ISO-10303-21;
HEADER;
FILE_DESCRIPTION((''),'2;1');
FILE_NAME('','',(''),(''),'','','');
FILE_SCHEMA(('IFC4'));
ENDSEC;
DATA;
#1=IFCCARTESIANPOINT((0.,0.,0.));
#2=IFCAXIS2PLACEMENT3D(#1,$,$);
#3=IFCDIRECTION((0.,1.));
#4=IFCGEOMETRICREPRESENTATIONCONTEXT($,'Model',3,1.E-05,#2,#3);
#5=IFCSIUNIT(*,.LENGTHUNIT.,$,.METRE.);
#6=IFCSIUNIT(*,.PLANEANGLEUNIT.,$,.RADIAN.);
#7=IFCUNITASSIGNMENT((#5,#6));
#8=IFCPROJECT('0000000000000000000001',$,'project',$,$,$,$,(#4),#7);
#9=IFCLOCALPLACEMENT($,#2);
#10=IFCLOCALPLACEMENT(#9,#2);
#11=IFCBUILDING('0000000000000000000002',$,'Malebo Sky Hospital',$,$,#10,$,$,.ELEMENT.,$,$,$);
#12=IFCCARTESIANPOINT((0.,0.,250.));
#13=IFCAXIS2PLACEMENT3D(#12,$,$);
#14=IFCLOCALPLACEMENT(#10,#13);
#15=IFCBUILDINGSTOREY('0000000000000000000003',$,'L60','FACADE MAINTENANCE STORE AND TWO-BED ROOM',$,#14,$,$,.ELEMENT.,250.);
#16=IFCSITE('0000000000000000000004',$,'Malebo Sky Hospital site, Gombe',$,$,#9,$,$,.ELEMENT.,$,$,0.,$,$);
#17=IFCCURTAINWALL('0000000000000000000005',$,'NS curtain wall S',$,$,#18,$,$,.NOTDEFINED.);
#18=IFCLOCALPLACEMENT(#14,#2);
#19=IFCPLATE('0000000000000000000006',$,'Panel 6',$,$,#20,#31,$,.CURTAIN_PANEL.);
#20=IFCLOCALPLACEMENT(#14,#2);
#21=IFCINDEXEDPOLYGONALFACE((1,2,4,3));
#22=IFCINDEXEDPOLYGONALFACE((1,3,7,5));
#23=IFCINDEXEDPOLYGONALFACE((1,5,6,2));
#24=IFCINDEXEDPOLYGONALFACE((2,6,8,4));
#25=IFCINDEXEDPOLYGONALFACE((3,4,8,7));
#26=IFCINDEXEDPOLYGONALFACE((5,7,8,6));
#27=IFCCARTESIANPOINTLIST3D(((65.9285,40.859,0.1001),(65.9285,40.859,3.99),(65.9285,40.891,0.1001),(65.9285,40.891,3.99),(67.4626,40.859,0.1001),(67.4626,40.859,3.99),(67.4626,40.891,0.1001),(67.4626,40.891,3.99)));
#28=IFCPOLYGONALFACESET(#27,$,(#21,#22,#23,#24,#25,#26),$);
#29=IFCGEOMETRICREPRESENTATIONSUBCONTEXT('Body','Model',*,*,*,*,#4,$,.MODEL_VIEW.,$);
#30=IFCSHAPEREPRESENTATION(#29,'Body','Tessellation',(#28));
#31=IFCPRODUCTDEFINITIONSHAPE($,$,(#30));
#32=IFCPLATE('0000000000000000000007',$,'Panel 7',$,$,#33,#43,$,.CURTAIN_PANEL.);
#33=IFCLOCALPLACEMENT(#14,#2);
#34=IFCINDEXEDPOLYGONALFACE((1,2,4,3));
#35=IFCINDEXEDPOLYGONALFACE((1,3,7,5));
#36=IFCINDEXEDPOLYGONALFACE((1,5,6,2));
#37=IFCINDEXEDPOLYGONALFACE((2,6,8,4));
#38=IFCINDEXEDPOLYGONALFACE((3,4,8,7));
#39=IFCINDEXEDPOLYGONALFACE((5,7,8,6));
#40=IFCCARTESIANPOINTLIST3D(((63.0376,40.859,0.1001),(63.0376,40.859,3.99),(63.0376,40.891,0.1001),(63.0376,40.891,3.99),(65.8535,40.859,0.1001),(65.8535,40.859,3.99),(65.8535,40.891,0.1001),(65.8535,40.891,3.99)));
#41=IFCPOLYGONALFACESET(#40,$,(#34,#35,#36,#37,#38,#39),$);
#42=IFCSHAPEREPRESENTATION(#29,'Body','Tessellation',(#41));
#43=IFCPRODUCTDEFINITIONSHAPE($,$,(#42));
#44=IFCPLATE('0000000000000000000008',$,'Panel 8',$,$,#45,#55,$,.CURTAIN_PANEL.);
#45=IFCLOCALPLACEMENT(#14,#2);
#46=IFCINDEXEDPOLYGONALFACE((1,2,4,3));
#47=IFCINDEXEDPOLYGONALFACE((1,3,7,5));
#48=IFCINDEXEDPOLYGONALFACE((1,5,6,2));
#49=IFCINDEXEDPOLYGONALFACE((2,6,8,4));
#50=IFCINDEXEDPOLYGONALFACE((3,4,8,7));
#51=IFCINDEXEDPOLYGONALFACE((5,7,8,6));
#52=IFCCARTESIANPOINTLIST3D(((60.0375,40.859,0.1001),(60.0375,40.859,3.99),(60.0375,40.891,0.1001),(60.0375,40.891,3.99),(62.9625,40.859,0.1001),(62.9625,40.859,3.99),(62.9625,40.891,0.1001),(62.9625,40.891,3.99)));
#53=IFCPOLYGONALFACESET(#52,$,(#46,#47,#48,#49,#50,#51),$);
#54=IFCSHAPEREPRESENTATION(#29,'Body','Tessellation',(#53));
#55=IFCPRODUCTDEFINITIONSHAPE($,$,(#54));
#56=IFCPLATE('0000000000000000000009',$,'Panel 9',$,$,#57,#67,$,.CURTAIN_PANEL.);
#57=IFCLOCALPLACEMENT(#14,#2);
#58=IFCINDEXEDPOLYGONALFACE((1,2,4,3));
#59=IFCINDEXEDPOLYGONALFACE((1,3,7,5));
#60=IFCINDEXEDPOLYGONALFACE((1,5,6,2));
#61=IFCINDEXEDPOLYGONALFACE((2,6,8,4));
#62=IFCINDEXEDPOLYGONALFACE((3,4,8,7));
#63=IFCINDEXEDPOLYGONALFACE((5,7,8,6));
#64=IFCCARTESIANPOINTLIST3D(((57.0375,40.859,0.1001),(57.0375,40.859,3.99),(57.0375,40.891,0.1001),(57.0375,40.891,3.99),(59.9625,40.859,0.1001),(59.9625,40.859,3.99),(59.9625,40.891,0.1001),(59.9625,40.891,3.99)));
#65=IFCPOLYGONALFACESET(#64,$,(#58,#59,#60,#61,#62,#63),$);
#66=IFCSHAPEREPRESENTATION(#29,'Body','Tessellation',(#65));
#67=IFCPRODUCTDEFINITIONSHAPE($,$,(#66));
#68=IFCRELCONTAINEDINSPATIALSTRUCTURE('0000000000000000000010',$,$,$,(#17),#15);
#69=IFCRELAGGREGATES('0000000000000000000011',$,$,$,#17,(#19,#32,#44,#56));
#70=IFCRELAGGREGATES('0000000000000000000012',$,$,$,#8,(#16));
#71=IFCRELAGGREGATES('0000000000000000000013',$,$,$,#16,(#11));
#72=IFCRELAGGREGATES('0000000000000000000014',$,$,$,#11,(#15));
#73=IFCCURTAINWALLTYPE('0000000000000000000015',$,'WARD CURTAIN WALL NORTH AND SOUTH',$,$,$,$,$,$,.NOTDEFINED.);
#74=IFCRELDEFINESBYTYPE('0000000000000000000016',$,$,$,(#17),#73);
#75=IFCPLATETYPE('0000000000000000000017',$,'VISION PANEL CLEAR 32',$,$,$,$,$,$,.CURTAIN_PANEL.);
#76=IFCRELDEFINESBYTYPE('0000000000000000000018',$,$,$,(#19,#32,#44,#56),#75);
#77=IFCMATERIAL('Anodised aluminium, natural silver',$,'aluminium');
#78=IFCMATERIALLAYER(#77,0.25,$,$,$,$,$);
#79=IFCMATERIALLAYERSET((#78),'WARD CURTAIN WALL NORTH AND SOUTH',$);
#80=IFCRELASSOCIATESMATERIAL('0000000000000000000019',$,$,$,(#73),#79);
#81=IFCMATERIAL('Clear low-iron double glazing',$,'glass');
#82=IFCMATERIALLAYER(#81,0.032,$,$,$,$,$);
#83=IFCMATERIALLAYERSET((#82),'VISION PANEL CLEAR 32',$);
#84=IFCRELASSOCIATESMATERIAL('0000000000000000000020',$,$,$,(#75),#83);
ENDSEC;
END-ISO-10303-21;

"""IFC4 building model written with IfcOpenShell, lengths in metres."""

from ifc_helpers import new_model, si_unit, direction, frame, origin, origin_2d, place, context, subcontext, project, spatial, rectangle, extrude, material, layer, layer_set, type_object, element, aggregate, save


model = new_model("IFC4")

# Units and contexts
model_context = context("Model", 3, precision=1e-05, world=origin(), true_north=direction((0.0, 1.0)))
body_context = subcontext(model_context, "Body", "Model", "MODEL_VIEW")
ifc_project = project(units=[si_unit("LENGTHUNIT", "METRE"), si_unit("PLANEANGLEUNIT", "RADIAN")], contexts=[model_context])

# Site, building, storey
site_placement = place(None, origin())
site = spatial("IfcSite", under=ifc_project, at=site_placement, Name="Malebo Sky Hospital site, Gombe", CompositionType="ELEMENT", RefElevation=0.0)
building_placement = place(site_placement, origin())
building = spatial("IfcBuilding", under=site, at=building_placement, Name="Malebo Sky Hospital", CompositionType="ELEMENT")
storey_placement = place(building_placement, frame((0.0, 0.0, 250.0)))
storey = spatial("IfcBuildingStorey", under=building, at=storey_placement, Name="L60", Description="FACADE MAINTENANCE STORE AND TWO-BED ROOM", CompositionType="ELEMENT", Elevation=250.0)

# Curtain wall
ifc_material_1 = material(Name="Anodised aluminium, natural silver", Category="aluminium")
ifc_layer_1 = layer(ifc_material_1, 0.25)
ifc_layer_set_1 = layer_set([ifc_layer_1], Name="WARD CURTAIN WALL NORTH AND SOUTH")
curtain_wall_type = type_object("IfcCurtainWallType", Name="WARD CURTAIN WALL NORTH AND SOUTH", PredefinedType="NOTDEFINED", material=ifc_layer_set_1)
curtain_wall_placement = place(storey_placement, origin())
curtain_wall = element("IfcCurtainWall", 1, at=curtain_wall_placement, inside=storey, type_object=curtain_wall_type, Name="NS curtain wall S", PredefinedType="NOTDEFINED")

# Plates
ifc_material_2 = material(Name="Clear low-iron double glazing", Category="glass")
ifc_layer_2 = layer(ifc_material_2, 0.032)
ifc_layer_set_2 = layer_set([ifc_layer_2], Name="VISION PANEL CLEAR 32")
plate_type = type_object("IfcPlateType", Name="VISION PANEL CLEAR 32", PredefinedType="CURTAIN_PANEL", material=ifc_layer_set_2)
plate_1_placement = place(storey_placement, frame((66.6956, 40.875, 0.1001), z_axis=(0.0, 0.0, 1.0), x_axis=(-1.0, 0.0, 0.0)))
plate_1 = element("IfcPlate", 2, at=plate_1_placement, type_object=plate_type, Name="Panel 6", PredefinedType="CURTAIN_PANEL", context=body_context, shape_type="SweptSolid", body=[
    extrude(rectangle(XDim=1.5342, YDim=0.032, at=origin_2d()), origin(), (0.0, 0.0, 1.0), 3.8899),
])
plate_2_placement = place(storey_placement, frame((64.4456, 40.875, 0.1001), z_axis=(0.0, 0.0, 1.0), x_axis=(-1.0, 0.0, 0.0)))
plate_2 = element("IfcPlate", 3, at=plate_2_placement, type_object=plate_type, Name="Panel 7", PredefinedType="CURTAIN_PANEL", context=body_context, shape_type="SweptSolid", body=[
    extrude(rectangle(XDim=2.8159, YDim=0.032, at=origin_2d()), origin(), (0.0, 0.0, 1.0), 3.8899),
])
plate_3_placement = place(storey_placement, frame((61.5, 40.875, 0.1001), z_axis=(0.0, 0.0, 1.0), x_axis=(-1.0, 0.0, 0.0)))
plate_3 = element("IfcPlate", 4, at=plate_3_placement, type_object=plate_type, Name="Panel 8", PredefinedType="CURTAIN_PANEL", context=body_context, shape_type="SweptSolid", body=[
    extrude(rectangle(XDim=2.925, YDim=0.032, at=origin_2d()), origin(), (0.0, 0.0, 1.0), 3.8899),
])
plate_4_placement = place(storey_placement, frame((58.5, 40.875, 0.1001), z_axis=(0.0, 0.0, 1.0), x_axis=(-1.0, 0.0, 0.0)))
plate_4 = element("IfcPlate", 5, at=plate_4_placement, type_object=plate_type, Name="Panel 9", PredefinedType="CURTAIN_PANEL", context=body_context, shape_type="SweptSolid", body=[
    extrude(rectangle(XDim=2.925, YDim=0.032, at=origin_2d()), origin(), (0.0, 0.0, 1.0), 3.8899),
])
aggregate(curtain_wall, [plate_1, plate_2, plate_3, plate_4])

save(model, "model.ifc")
